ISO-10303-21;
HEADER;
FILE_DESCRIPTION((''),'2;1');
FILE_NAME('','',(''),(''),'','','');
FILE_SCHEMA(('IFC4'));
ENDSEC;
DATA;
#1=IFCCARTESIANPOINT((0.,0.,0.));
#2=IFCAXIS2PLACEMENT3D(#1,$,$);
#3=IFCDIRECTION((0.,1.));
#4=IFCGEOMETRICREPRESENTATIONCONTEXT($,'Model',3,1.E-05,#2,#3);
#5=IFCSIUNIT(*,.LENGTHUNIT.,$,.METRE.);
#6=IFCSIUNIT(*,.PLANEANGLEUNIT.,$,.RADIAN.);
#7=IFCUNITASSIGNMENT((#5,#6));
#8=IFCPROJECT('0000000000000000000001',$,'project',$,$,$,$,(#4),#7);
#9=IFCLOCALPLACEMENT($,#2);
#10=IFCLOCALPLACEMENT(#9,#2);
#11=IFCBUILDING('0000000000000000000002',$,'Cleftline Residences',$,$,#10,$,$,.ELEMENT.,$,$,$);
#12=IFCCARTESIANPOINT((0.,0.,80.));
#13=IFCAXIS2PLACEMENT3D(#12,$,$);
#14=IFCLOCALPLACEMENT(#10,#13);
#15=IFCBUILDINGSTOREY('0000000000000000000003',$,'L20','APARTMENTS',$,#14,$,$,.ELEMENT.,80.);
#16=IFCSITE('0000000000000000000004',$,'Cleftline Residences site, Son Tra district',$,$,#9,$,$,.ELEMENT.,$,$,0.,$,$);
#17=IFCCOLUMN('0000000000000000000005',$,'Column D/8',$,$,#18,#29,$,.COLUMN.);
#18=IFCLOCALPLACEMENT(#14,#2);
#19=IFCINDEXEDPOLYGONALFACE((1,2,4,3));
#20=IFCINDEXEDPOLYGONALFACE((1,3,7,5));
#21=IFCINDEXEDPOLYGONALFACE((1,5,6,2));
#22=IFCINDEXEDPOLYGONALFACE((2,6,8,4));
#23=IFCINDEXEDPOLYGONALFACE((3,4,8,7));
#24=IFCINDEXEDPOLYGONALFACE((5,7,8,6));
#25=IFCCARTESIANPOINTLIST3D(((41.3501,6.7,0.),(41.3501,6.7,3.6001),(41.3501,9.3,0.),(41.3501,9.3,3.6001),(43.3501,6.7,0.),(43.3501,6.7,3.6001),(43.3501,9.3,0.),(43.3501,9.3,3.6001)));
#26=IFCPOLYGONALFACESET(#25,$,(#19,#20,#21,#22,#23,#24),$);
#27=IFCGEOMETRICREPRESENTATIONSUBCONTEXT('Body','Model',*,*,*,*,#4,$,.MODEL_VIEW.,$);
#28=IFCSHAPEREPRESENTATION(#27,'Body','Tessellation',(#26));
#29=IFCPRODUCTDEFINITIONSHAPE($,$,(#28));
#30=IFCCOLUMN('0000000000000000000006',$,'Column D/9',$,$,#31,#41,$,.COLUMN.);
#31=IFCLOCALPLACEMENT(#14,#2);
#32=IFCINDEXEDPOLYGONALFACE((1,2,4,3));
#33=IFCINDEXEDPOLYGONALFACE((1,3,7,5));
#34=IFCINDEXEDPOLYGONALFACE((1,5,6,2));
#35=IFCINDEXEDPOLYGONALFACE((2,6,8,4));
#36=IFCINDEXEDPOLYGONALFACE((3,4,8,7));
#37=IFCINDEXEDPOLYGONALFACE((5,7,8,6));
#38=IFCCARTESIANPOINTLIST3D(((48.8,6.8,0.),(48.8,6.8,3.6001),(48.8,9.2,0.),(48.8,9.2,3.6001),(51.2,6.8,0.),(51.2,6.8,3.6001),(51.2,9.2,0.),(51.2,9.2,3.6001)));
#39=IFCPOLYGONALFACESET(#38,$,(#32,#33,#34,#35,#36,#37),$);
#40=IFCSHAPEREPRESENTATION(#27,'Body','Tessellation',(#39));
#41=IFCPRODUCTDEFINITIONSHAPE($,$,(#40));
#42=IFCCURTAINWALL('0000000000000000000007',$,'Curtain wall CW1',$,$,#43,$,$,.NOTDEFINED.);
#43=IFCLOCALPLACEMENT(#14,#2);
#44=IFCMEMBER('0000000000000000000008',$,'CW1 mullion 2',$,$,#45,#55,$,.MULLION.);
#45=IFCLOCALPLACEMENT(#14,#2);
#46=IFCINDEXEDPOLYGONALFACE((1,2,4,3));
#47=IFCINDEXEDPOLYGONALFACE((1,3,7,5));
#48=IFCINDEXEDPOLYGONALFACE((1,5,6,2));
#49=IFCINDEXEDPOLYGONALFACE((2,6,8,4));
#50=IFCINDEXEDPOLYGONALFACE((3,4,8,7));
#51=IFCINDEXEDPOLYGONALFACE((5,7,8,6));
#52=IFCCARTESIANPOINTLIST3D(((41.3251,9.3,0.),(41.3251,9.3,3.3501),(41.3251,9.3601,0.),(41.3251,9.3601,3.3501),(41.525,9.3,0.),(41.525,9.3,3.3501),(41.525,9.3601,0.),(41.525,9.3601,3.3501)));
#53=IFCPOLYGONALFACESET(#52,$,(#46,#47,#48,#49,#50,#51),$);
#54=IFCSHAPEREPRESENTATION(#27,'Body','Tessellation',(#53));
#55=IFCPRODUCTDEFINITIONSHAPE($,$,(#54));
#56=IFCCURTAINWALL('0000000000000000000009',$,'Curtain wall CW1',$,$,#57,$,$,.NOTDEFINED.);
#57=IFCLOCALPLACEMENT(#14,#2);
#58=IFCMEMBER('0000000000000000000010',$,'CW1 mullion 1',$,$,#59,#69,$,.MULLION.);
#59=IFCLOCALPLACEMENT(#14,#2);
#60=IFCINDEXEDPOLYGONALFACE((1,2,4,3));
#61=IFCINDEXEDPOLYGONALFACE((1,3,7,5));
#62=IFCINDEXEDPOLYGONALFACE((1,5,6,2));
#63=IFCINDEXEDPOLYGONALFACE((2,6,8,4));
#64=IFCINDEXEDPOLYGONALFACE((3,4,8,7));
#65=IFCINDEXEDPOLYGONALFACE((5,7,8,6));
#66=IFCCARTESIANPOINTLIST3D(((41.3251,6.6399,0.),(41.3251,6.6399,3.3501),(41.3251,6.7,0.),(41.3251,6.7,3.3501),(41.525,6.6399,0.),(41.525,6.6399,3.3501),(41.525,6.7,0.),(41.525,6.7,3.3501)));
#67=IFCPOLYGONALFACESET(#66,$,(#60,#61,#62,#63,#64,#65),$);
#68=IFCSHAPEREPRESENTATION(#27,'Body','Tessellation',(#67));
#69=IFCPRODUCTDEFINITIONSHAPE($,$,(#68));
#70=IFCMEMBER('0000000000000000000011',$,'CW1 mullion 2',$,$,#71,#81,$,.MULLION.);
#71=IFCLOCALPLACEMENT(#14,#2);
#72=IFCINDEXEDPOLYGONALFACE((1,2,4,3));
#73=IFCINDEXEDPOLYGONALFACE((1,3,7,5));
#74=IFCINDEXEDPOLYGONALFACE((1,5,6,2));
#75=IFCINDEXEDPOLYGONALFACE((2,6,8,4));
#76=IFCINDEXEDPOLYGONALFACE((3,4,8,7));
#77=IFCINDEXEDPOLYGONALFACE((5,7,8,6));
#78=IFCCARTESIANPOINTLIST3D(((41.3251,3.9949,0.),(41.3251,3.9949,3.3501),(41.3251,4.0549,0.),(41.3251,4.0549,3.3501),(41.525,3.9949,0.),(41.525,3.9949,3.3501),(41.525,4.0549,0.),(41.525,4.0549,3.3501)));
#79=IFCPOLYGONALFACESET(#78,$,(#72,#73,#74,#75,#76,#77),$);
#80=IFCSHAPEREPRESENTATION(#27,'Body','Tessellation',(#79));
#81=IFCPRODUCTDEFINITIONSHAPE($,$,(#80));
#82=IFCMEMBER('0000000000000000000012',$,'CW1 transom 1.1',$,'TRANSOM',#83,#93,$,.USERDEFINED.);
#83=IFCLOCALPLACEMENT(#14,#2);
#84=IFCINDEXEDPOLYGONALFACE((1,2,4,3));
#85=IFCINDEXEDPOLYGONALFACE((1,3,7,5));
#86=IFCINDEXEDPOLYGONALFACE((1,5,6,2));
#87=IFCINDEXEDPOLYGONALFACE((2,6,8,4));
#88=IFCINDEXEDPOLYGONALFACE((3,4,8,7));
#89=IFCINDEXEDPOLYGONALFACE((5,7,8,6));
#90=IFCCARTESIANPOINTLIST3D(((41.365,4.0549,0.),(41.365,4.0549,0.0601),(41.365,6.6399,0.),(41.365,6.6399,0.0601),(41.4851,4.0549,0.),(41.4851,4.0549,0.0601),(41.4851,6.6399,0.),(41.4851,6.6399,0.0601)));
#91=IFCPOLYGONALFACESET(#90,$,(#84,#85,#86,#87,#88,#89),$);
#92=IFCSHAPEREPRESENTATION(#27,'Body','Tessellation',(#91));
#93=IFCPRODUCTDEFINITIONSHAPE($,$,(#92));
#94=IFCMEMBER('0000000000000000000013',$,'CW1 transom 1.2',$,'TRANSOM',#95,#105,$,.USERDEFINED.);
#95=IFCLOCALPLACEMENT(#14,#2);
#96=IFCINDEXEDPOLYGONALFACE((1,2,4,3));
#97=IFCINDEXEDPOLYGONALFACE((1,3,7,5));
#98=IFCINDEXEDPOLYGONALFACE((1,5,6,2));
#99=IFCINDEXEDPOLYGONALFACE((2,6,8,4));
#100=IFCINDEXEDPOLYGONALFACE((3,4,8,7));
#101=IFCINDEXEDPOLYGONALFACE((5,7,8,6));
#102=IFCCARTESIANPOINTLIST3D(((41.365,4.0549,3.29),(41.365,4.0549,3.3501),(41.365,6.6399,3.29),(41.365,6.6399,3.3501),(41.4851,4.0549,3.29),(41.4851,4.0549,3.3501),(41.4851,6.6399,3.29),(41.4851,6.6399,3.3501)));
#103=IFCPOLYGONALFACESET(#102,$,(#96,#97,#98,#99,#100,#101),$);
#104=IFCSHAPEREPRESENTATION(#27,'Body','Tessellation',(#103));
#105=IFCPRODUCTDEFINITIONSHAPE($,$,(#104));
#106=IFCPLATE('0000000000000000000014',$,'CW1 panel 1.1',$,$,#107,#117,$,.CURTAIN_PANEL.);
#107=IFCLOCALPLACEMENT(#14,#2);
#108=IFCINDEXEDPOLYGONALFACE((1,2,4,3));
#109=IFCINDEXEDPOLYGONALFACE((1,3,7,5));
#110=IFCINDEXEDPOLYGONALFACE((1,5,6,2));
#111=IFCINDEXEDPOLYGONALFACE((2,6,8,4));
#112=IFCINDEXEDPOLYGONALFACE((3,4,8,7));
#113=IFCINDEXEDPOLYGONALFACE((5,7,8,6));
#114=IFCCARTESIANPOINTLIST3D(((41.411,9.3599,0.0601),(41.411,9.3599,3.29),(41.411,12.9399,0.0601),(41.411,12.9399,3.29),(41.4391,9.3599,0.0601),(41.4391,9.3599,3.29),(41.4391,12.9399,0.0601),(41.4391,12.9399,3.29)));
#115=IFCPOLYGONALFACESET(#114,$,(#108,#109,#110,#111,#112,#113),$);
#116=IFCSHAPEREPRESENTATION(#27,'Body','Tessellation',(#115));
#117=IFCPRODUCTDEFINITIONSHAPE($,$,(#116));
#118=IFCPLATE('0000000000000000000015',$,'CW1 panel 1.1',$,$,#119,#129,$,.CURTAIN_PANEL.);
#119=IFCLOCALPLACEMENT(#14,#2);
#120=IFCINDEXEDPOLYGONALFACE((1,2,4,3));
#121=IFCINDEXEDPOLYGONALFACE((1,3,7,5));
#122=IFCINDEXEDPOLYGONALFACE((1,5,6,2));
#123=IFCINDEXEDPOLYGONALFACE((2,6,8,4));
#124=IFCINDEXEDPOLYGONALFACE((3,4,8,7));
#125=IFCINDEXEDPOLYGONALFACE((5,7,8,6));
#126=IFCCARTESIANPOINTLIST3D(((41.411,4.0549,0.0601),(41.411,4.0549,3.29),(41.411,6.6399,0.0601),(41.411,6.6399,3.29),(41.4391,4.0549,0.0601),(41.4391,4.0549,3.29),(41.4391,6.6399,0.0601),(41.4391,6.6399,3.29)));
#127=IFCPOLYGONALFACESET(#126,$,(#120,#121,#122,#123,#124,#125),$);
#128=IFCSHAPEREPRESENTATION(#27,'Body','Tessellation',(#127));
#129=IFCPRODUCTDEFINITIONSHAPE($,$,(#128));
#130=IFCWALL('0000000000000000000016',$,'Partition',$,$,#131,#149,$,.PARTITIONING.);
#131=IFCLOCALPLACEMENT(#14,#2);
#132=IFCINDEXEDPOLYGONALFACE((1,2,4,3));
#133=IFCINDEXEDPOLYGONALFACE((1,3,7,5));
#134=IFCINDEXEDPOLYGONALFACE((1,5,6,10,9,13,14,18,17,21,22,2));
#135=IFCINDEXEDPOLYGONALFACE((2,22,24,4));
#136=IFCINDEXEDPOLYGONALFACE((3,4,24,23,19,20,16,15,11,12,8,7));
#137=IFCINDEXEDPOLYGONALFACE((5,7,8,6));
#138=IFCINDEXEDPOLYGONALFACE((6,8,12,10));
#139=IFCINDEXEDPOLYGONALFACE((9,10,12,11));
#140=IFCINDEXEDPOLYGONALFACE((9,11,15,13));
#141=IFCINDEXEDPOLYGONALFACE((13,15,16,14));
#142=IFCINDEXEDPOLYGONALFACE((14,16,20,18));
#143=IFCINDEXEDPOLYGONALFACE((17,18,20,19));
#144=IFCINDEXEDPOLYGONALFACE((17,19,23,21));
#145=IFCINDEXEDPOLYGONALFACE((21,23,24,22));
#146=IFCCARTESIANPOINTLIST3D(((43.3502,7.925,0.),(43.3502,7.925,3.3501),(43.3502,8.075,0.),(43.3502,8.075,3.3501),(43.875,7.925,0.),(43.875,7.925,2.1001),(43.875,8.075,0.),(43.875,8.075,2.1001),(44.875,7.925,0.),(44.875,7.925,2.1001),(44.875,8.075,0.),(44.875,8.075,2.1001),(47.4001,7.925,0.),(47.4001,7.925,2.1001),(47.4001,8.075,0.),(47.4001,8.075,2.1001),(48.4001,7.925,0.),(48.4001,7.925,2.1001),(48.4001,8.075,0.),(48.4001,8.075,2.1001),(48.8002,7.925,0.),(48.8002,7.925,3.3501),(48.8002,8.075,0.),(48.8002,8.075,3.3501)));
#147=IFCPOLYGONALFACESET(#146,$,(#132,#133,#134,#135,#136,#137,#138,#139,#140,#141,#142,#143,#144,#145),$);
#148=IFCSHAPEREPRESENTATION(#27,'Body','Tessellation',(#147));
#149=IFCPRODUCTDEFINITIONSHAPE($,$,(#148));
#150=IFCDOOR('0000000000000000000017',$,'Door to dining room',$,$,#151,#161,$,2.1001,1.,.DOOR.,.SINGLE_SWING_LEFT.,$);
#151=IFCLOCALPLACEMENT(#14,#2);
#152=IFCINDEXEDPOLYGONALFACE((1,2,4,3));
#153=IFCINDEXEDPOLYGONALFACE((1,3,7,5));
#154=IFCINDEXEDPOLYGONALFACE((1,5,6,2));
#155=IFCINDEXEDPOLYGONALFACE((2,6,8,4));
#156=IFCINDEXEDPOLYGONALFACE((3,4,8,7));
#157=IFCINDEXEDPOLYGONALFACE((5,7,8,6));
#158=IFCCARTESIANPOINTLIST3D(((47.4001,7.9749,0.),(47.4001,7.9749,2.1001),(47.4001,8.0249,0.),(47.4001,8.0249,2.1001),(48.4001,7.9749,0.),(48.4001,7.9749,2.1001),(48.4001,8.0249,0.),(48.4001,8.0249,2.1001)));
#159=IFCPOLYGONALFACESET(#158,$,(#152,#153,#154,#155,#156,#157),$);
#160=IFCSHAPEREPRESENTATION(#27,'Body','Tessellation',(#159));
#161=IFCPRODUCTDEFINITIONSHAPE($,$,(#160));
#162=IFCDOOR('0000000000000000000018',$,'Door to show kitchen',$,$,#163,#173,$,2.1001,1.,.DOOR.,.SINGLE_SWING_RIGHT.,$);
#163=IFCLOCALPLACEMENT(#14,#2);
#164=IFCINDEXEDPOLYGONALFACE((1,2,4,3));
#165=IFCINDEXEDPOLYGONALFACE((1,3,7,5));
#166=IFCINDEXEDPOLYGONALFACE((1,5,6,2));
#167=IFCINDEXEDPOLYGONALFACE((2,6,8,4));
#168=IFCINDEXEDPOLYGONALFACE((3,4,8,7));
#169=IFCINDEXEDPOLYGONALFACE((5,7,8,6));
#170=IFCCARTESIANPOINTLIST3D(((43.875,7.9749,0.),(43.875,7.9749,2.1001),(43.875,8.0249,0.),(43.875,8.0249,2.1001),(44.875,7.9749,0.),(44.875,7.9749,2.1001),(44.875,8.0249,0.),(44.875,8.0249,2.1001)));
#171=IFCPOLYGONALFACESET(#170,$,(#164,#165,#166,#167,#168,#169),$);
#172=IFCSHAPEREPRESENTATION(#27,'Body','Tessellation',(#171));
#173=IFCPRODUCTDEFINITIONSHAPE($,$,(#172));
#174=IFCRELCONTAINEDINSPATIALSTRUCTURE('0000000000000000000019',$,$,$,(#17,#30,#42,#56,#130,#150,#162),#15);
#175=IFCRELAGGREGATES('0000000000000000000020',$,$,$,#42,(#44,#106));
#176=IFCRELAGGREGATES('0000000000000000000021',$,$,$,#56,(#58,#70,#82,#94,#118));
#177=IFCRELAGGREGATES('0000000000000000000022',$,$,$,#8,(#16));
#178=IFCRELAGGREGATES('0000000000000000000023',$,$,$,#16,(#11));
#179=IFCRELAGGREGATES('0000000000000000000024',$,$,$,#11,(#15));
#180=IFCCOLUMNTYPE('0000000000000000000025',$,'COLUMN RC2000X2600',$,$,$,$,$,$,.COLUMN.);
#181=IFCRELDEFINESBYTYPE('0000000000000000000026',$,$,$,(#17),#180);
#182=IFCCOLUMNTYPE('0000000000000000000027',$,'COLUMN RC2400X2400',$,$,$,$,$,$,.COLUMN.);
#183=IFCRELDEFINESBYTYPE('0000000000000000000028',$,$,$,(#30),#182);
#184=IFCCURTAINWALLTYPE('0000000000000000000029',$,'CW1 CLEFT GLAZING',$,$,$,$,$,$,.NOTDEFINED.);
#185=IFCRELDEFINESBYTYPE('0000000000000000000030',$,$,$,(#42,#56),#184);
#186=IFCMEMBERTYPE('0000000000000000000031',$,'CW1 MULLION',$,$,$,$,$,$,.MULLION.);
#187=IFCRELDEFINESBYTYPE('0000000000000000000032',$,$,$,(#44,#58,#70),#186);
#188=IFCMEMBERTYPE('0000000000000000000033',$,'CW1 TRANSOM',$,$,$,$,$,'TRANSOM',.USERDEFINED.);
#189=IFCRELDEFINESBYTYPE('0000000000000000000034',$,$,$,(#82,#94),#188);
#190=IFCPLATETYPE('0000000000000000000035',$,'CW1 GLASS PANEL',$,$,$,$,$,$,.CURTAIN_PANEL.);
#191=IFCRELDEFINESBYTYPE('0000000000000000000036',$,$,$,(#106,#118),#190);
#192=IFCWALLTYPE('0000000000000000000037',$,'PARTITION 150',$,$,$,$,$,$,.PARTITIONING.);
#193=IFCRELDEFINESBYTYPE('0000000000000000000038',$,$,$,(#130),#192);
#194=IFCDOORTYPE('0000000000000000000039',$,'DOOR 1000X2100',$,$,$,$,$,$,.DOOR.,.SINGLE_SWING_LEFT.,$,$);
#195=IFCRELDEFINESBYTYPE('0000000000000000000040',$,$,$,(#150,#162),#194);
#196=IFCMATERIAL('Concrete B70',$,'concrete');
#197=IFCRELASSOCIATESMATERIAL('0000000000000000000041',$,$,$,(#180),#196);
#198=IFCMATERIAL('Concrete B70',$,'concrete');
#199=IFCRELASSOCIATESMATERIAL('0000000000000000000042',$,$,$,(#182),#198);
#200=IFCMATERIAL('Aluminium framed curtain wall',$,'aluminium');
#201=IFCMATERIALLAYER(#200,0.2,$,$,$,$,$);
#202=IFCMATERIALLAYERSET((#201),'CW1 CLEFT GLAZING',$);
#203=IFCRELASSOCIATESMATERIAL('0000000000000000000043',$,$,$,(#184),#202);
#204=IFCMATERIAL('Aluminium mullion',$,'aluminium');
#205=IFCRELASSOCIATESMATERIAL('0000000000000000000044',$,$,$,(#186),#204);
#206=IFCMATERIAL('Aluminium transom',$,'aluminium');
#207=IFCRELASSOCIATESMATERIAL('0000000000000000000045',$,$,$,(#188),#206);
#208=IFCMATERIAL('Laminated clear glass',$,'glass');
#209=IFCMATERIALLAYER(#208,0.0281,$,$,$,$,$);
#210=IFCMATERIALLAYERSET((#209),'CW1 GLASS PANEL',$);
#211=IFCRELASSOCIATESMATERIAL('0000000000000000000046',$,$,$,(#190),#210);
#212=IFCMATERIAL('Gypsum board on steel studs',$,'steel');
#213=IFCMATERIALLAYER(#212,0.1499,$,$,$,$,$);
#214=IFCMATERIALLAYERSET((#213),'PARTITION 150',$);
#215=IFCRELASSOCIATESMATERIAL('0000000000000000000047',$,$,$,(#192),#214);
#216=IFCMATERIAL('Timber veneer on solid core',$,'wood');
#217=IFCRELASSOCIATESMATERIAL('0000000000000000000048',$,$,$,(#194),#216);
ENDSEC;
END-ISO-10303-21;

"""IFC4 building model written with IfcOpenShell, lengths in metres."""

from ifc_helpers import new_model, si_unit, direction, frame, frame_2d, origin, origin_2d, place, context, subcontext, project, spatial, rectangle, extrude, material, layer, layer_set, material_profile, profile_set, type_object, element, fill, aggregate, save


model = new_model("IFC4")

# Units and contexts
model_context = context("Model", 3, precision=1e-05, world=origin(), true_north=direction((0.0, 1.0)))
body_context = subcontext(model_context, "Body", "Model", "MODEL_VIEW")
ifc_project = project(units=[si_unit("LENGTHUNIT", "METRE"), si_unit("PLANEANGLEUNIT", "RADIAN")], contexts=[model_context])

# Site, building, storey
site_placement = place(None, origin())
site = spatial("IfcSite", under=ifc_project, at=site_placement, Name="Cleftline Residences site, Son Tra district", CompositionType="ELEMENT", RefElevation=0.0)
building_placement = place(site_placement, origin())
building = spatial("IfcBuilding", under=site, at=building_placement, Name="Cleftline Residences", CompositionType="ELEMENT")
storey_placement = place(building_placement, frame((0.0, 0.0, 80.0)))
storey = spatial("IfcBuildingStorey", under=building, at=storey_placement, Name="L20", Description="APARTMENTS", CompositionType="ELEMENT", Elevation=80.0)

# Columns
ifc_material_1 = material(Name="Concrete B70", Category="concrete")
ifc_material_profile_1 = material_profile(ifc_material_1, rectangle(XDim=2.0, YDim=2.6001, at=origin_2d()))
ifc_profile_set_1 = profile_set([ifc_material_profile_1], Name="Concrete B70")
column_type_1 = type_object("IfcColumnType", Name="COLUMN RC2000X2600", PredefinedType="COLUMN", material=ifc_profile_set_1)
column_1_placement = place(storey_placement, frame((42.3501, 8.0, 0.0), z_axis=(0.0, 0.0, 1.0), x_axis=(1.0, 0.0, 0.0)))
element("IfcColumn", 1, at=column_1_placement, inside=storey, type_object=column_type_1, Name="Column D/8", PredefinedType="COLUMN", context=body_context, shape_type="SweptSolid", body=[
    extrude(rectangle(XDim=2.0, YDim=2.6001, at=origin_2d()), origin(), (0.0, 0.0, 1.0), 3.6001),
])
ifc_material_2 = material(Name="Concrete B70", Category="concrete")
ifc_material_profile_2 = material_profile(ifc_material_2, rectangle(XDim=2.3999, YDim=2.3999, at=origin_2d()))
ifc_profile_set_2 = profile_set([ifc_material_profile_2], Name="Concrete B70")
column_type_2 = type_object("IfcColumnType", Name="COLUMN RC2400X2400", PredefinedType="COLUMN", material=ifc_profile_set_2)
column_2_placement = place(storey_placement, frame((50.0, 8.0, 0.0), z_axis=(0.0, 0.0, 1.0), x_axis=(1.0, 0.0, 0.0)))
element("IfcColumn", 2, at=column_2_placement, inside=storey, type_object=column_type_2, Name="Column D/9", PredefinedType="COLUMN", context=body_context, shape_type="SweptSolid", body=[
    extrude(rectangle(XDim=2.3999, YDim=2.3999, at=origin_2d()), origin(), (0.0, 0.0, 1.0), 3.6001),
])

# Curtain wall, member
ifc_material_3 = material(Name="Aluminium framed curtain wall", Category="aluminium")
ifc_layer_1 = layer(ifc_material_3, 0.2)
ifc_layer_set_1 = layer_set([ifc_layer_1], Name="CW1 CLEFT GLAZING")
curtain_wall_type = type_object("IfcCurtainWallType", Name="CW1 CLEFT GLAZING", PredefinedType="NOTDEFINED", material=ifc_layer_set_1)
curtain_wall_1_placement = place(storey_placement, origin())
curtain_wall_1 = element("IfcCurtainWall", 3, at=curtain_wall_1_placement, inside=storey, type_object=curtain_wall_type, Name="Curtain wall CW1", PredefinedType="NOTDEFINED")
ifc_material_4 = material(Name="Aluminium mullion", Category="aluminium")
ifc_material_profile_3 = material_profile(ifc_material_4, rectangle(XDim=0.2, YDim=0.0601, at=origin_2d()))
ifc_profile_set_3 = profile_set([ifc_material_profile_3], Name="Aluminium mullion")
member_type_1 = type_object("IfcMemberType", Name="CW1 MULLION", PredefinedType="MULLION", material=ifc_profile_set_3)
member_1_placement = place(storey_placement, frame((41.425, 9.3301, 0.0), z_axis=(0.0, 0.0, 1.0), x_axis=(1.0, 0.0, 0.0)))
member_1 = element("IfcMember", 4, at=member_1_placement, type_object=member_type_1, Name="CW1 mullion 2", PredefinedType="MULLION", context=body_context, shape_type="SweptSolid", body=[
    extrude(rectangle(XDim=0.2, YDim=0.0601, at=origin_2d()), origin(), (0.0, 0.0, 1.0), 3.3501),
])

# Curtain wall, members
curtain_wall_2_placement = place(storey_placement, origin())
curtain_wall_2 = element("IfcCurtainWall", 5, at=curtain_wall_2_placement, inside=storey, type_object=curtain_wall_type, Name="Curtain wall CW1", PredefinedType="NOTDEFINED")
member_2_placement = place(storey_placement, frame((41.425, 6.6699, 0.0), z_axis=(0.0, 0.0, 1.0), x_axis=(1.0, 0.0, 0.0)))
member_2 = element("IfcMember", 6, at=member_2_placement, type_object=member_type_1, Name="CW1 mullion 1", PredefinedType="MULLION", context=body_context, shape_type="SweptSolid", body=[
    extrude(rectangle(XDim=0.2, YDim=0.0601, at=origin_2d()), origin(), (0.0, 0.0, 1.0), 3.3501),
])
member_3_placement = place(storey_placement, frame((41.425, 4.0249, 0.0), z_axis=(0.0, 0.0, 1.0), x_axis=(1.0, 0.0, 0.0)))
member_3 = element("IfcMember", 7, at=member_3_placement, type_object=member_type_1, Name="CW1 mullion 2", PredefinedType="MULLION", context=body_context, shape_type="SweptSolid", body=[
    extrude(rectangle(XDim=0.2, YDim=0.0601, at=origin_2d()), origin(), (0.0, 0.0, 1.0), 3.3501),
])
ifc_material_5 = material(Name="Aluminium transom", Category="aluminium")
ifc_material_profile_4 = material_profile(ifc_material_5, rectangle(XDim=0.1201, YDim=0.0601, at=origin_2d()))
ifc_profile_set_4 = profile_set([ifc_material_profile_4], Name="Aluminium transom")
member_type_2 = type_object("IfcMemberType", Name="CW1 TRANSOM", ElementType="TRANSOM", PredefinedType="USERDEFINED", material=ifc_profile_set_4)
member_4_placement = place(storey_placement, frame((41.425, 6.6399, 0.03), z_axis=(0.0, -1.0, 0.0), x_axis=(1.0, 0.0, 0.0)))
member_4 = element("IfcMember", 8, at=member_4_placement, type_object=member_type_2, Name="CW1 transom 1.1", ObjectType="TRANSOM", PredefinedType="USERDEFINED", context=body_context, shape_type="SweptSolid", body=[
    extrude(rectangle(XDim=0.1201, YDim=0.0601, at=origin_2d()), origin(), (0.0, 0.0, 1.0), 2.585),
])
member_5_placement = place(storey_placement, frame((41.425, 6.6399, 3.3201), z_axis=(0.0, -1.0, 0.0), x_axis=(1.0, 0.0, 0.0)))
member_5 = element("IfcMember", 9, at=member_5_placement, type_object=member_type_2, Name="CW1 transom 1.2", ObjectType="TRANSOM", PredefinedType="USERDEFINED", context=body_context, shape_type="SweptSolid", body=[
    extrude(rectangle(XDim=0.1201, YDim=0.0601, at=origin_2d()), origin(), (0.0, 0.0, 1.0), 2.585),
])

# Plates
ifc_material_6 = material(Name="Laminated clear glass", Category="glass")
ifc_layer_2 = layer(ifc_material_6, 0.0281)
ifc_layer_set_2 = layer_set([ifc_layer_2], Name="CW1 GLASS PANEL")
plate_type = type_object("IfcPlateType", Name="CW1 GLASS PANEL", PredefinedType="CURTAIN_PANEL", material=ifc_layer_set_2)
plate_1_placement = place(storey_placement, frame((41.425, 11.1499, 0.0601), z_axis=(0.0, 0.0, 1.0), x_axis=(0.0, -1.0, 0.0)))
plate_1 = element("IfcPlate", 10, at=plate_1_placement, type_object=plate_type, Name="CW1 panel 1.1", PredefinedType="CURTAIN_PANEL", context=body_context, shape_type="SweptSolid", body=[
    extrude(rectangle(XDim=3.5801, YDim=0.0281, at=origin_2d()), origin(), (0.0, 0.0, 1.0), 3.23),
])
aggregate(curtain_wall_1, [member_1, plate_1])
plate_2_placement = place(storey_placement, frame((41.425, 5.3474, 0.0601), z_axis=(0.0, 0.0, 1.0), x_axis=(0.0, -1.0, 0.0)))
plate_2 = element("IfcPlate", 11, at=plate_2_placement, type_object=plate_type, Name="CW1 panel 1.1", PredefinedType="CURTAIN_PANEL", context=body_context, shape_type="SweptSolid", body=[
    extrude(rectangle(XDim=2.585, YDim=0.0281, at=origin_2d()), origin(), (0.0, 0.0, 1.0), 3.23),
])
aggregate(curtain_wall_2, [member_2, member_3, member_4, member_5, plate_2])

# Wall, openings, doors
ifc_material_7 = material(Name="Gypsum board on steel studs", Category="steel")
ifc_layer_3 = layer(ifc_material_7, 0.1499)
ifc_layer_set_3 = layer_set([ifc_layer_3], Name="PARTITION 150")
wall_type = type_object("IfcWallType", Name="PARTITION 150", PredefinedType="PARTITIONING", material=ifc_layer_set_3)
wall_1_placement = place(storey_placement, frame((43.3501, 8.0, 0.0), z_axis=(0.0, 0.0, 1.0), x_axis=(1.0, 0.0, 0.0)))
wall_1 = element("IfcWall", 12, at=wall_1_placement, inside=storey, type_object=wall_type, Name="Partition", PredefinedType="PARTITIONING", context=body_context, shape_type="SweptSolid", body=[
    extrude(rectangle(XDim=5.45, YDim=0.1499, at=frame_2d((2.7251, 0.0))), origin(), (0.0, 0.0, 1.0), 3.3501),
])
opening_1_placement = place(wall_1_placement, frame((4.05, 0.0, 0.0)))
opening_1 = element("IfcOpeningElement", 13, at=opening_1_placement, cuts=wall_1, PredefinedType="OPENING", context=body_context, shape_type="SweptSolid", body=[
    extrude(rectangle(XDim=1.0, YDim=2.1001, at=frame_2d((0.5, 1.05))), frame((0.0, 0.085, 0.0), z_axis=(0.0, -1.0, 0.0), x_axis=(1.0, 0.0, 0.0)), (0.0, 0.0, 1.0), 0.1699),
])
opening_2_placement = place(wall_1_placement, frame((0.5249, 0.0, 0.0)))
opening_2 = element("IfcOpeningElement", 14, at=opening_2_placement, cuts=wall_1, PredefinedType="OPENING", context=body_context, shape_type="SweptSolid", body=[
    extrude(rectangle(XDim=1.0, YDim=2.1001, at=frame_2d((0.5, 1.05))), frame((0.0, 0.085, 0.0), z_axis=(0.0, -1.0, 0.0), x_axis=(1.0, 0.0, 0.0)), (0.0, 0.0, 1.0), 0.1699),
])
ifc_material_8 = material(Name="Timber veneer on solid core", Category="wood")
door_type_1 = type_object("IfcDoorType", Name="DOOR 1000X2100", OperationType="SINGLE_SWING_LEFT", PredefinedType="DOOR", material=ifc_material_8)
door_1_placement = place(opening_1_placement, origin())
door_1 = element("IfcDoor", 15, at=door_1_placement, inside=storey, type_object=door_type_1, Name="Door to dining room", OperationType="SINGLE_SWING_LEFT", OverallHeight=2.1001, OverallWidth=1.0, PredefinedType="DOOR", context=body_context, shape_type="SweptSolid", body=[
    extrude(rectangle(XDim=1.0, YDim=2.1001, at=frame_2d((0.5, 1.05))), frame((0.0, 0.0249, 0.0), z_axis=(0.0, -1.0, 0.0), x_axis=(1.0, 0.0, 0.0)), (0.0, 0.0, 1.0), 0.05),
])
fill(opening_1, door_1)
door_2_placement = place(opening_2_placement, origin())
door_2 = element("IfcDoor", 16, at=door_2_placement, inside=storey, type_object=door_type_1, Name="Door to show kitchen", OperationType="SINGLE_SWING_RIGHT", OverallHeight=2.1001, OverallWidth=1.0, PredefinedType="DOOR", context=body_context, shape_type="SweptSolid", body=[
    extrude(rectangle(XDim=1.0, YDim=2.1001, at=frame_2d((0.5, 1.05))), frame((0.0, 0.0249, 0.0), z_axis=(0.0, -1.0, 0.0), x_axis=(1.0, 0.0, 0.0)), (0.0, 0.0, 1.0), 0.05),
])
fill(opening_2, door_2)

save(model, "model.ifc")
